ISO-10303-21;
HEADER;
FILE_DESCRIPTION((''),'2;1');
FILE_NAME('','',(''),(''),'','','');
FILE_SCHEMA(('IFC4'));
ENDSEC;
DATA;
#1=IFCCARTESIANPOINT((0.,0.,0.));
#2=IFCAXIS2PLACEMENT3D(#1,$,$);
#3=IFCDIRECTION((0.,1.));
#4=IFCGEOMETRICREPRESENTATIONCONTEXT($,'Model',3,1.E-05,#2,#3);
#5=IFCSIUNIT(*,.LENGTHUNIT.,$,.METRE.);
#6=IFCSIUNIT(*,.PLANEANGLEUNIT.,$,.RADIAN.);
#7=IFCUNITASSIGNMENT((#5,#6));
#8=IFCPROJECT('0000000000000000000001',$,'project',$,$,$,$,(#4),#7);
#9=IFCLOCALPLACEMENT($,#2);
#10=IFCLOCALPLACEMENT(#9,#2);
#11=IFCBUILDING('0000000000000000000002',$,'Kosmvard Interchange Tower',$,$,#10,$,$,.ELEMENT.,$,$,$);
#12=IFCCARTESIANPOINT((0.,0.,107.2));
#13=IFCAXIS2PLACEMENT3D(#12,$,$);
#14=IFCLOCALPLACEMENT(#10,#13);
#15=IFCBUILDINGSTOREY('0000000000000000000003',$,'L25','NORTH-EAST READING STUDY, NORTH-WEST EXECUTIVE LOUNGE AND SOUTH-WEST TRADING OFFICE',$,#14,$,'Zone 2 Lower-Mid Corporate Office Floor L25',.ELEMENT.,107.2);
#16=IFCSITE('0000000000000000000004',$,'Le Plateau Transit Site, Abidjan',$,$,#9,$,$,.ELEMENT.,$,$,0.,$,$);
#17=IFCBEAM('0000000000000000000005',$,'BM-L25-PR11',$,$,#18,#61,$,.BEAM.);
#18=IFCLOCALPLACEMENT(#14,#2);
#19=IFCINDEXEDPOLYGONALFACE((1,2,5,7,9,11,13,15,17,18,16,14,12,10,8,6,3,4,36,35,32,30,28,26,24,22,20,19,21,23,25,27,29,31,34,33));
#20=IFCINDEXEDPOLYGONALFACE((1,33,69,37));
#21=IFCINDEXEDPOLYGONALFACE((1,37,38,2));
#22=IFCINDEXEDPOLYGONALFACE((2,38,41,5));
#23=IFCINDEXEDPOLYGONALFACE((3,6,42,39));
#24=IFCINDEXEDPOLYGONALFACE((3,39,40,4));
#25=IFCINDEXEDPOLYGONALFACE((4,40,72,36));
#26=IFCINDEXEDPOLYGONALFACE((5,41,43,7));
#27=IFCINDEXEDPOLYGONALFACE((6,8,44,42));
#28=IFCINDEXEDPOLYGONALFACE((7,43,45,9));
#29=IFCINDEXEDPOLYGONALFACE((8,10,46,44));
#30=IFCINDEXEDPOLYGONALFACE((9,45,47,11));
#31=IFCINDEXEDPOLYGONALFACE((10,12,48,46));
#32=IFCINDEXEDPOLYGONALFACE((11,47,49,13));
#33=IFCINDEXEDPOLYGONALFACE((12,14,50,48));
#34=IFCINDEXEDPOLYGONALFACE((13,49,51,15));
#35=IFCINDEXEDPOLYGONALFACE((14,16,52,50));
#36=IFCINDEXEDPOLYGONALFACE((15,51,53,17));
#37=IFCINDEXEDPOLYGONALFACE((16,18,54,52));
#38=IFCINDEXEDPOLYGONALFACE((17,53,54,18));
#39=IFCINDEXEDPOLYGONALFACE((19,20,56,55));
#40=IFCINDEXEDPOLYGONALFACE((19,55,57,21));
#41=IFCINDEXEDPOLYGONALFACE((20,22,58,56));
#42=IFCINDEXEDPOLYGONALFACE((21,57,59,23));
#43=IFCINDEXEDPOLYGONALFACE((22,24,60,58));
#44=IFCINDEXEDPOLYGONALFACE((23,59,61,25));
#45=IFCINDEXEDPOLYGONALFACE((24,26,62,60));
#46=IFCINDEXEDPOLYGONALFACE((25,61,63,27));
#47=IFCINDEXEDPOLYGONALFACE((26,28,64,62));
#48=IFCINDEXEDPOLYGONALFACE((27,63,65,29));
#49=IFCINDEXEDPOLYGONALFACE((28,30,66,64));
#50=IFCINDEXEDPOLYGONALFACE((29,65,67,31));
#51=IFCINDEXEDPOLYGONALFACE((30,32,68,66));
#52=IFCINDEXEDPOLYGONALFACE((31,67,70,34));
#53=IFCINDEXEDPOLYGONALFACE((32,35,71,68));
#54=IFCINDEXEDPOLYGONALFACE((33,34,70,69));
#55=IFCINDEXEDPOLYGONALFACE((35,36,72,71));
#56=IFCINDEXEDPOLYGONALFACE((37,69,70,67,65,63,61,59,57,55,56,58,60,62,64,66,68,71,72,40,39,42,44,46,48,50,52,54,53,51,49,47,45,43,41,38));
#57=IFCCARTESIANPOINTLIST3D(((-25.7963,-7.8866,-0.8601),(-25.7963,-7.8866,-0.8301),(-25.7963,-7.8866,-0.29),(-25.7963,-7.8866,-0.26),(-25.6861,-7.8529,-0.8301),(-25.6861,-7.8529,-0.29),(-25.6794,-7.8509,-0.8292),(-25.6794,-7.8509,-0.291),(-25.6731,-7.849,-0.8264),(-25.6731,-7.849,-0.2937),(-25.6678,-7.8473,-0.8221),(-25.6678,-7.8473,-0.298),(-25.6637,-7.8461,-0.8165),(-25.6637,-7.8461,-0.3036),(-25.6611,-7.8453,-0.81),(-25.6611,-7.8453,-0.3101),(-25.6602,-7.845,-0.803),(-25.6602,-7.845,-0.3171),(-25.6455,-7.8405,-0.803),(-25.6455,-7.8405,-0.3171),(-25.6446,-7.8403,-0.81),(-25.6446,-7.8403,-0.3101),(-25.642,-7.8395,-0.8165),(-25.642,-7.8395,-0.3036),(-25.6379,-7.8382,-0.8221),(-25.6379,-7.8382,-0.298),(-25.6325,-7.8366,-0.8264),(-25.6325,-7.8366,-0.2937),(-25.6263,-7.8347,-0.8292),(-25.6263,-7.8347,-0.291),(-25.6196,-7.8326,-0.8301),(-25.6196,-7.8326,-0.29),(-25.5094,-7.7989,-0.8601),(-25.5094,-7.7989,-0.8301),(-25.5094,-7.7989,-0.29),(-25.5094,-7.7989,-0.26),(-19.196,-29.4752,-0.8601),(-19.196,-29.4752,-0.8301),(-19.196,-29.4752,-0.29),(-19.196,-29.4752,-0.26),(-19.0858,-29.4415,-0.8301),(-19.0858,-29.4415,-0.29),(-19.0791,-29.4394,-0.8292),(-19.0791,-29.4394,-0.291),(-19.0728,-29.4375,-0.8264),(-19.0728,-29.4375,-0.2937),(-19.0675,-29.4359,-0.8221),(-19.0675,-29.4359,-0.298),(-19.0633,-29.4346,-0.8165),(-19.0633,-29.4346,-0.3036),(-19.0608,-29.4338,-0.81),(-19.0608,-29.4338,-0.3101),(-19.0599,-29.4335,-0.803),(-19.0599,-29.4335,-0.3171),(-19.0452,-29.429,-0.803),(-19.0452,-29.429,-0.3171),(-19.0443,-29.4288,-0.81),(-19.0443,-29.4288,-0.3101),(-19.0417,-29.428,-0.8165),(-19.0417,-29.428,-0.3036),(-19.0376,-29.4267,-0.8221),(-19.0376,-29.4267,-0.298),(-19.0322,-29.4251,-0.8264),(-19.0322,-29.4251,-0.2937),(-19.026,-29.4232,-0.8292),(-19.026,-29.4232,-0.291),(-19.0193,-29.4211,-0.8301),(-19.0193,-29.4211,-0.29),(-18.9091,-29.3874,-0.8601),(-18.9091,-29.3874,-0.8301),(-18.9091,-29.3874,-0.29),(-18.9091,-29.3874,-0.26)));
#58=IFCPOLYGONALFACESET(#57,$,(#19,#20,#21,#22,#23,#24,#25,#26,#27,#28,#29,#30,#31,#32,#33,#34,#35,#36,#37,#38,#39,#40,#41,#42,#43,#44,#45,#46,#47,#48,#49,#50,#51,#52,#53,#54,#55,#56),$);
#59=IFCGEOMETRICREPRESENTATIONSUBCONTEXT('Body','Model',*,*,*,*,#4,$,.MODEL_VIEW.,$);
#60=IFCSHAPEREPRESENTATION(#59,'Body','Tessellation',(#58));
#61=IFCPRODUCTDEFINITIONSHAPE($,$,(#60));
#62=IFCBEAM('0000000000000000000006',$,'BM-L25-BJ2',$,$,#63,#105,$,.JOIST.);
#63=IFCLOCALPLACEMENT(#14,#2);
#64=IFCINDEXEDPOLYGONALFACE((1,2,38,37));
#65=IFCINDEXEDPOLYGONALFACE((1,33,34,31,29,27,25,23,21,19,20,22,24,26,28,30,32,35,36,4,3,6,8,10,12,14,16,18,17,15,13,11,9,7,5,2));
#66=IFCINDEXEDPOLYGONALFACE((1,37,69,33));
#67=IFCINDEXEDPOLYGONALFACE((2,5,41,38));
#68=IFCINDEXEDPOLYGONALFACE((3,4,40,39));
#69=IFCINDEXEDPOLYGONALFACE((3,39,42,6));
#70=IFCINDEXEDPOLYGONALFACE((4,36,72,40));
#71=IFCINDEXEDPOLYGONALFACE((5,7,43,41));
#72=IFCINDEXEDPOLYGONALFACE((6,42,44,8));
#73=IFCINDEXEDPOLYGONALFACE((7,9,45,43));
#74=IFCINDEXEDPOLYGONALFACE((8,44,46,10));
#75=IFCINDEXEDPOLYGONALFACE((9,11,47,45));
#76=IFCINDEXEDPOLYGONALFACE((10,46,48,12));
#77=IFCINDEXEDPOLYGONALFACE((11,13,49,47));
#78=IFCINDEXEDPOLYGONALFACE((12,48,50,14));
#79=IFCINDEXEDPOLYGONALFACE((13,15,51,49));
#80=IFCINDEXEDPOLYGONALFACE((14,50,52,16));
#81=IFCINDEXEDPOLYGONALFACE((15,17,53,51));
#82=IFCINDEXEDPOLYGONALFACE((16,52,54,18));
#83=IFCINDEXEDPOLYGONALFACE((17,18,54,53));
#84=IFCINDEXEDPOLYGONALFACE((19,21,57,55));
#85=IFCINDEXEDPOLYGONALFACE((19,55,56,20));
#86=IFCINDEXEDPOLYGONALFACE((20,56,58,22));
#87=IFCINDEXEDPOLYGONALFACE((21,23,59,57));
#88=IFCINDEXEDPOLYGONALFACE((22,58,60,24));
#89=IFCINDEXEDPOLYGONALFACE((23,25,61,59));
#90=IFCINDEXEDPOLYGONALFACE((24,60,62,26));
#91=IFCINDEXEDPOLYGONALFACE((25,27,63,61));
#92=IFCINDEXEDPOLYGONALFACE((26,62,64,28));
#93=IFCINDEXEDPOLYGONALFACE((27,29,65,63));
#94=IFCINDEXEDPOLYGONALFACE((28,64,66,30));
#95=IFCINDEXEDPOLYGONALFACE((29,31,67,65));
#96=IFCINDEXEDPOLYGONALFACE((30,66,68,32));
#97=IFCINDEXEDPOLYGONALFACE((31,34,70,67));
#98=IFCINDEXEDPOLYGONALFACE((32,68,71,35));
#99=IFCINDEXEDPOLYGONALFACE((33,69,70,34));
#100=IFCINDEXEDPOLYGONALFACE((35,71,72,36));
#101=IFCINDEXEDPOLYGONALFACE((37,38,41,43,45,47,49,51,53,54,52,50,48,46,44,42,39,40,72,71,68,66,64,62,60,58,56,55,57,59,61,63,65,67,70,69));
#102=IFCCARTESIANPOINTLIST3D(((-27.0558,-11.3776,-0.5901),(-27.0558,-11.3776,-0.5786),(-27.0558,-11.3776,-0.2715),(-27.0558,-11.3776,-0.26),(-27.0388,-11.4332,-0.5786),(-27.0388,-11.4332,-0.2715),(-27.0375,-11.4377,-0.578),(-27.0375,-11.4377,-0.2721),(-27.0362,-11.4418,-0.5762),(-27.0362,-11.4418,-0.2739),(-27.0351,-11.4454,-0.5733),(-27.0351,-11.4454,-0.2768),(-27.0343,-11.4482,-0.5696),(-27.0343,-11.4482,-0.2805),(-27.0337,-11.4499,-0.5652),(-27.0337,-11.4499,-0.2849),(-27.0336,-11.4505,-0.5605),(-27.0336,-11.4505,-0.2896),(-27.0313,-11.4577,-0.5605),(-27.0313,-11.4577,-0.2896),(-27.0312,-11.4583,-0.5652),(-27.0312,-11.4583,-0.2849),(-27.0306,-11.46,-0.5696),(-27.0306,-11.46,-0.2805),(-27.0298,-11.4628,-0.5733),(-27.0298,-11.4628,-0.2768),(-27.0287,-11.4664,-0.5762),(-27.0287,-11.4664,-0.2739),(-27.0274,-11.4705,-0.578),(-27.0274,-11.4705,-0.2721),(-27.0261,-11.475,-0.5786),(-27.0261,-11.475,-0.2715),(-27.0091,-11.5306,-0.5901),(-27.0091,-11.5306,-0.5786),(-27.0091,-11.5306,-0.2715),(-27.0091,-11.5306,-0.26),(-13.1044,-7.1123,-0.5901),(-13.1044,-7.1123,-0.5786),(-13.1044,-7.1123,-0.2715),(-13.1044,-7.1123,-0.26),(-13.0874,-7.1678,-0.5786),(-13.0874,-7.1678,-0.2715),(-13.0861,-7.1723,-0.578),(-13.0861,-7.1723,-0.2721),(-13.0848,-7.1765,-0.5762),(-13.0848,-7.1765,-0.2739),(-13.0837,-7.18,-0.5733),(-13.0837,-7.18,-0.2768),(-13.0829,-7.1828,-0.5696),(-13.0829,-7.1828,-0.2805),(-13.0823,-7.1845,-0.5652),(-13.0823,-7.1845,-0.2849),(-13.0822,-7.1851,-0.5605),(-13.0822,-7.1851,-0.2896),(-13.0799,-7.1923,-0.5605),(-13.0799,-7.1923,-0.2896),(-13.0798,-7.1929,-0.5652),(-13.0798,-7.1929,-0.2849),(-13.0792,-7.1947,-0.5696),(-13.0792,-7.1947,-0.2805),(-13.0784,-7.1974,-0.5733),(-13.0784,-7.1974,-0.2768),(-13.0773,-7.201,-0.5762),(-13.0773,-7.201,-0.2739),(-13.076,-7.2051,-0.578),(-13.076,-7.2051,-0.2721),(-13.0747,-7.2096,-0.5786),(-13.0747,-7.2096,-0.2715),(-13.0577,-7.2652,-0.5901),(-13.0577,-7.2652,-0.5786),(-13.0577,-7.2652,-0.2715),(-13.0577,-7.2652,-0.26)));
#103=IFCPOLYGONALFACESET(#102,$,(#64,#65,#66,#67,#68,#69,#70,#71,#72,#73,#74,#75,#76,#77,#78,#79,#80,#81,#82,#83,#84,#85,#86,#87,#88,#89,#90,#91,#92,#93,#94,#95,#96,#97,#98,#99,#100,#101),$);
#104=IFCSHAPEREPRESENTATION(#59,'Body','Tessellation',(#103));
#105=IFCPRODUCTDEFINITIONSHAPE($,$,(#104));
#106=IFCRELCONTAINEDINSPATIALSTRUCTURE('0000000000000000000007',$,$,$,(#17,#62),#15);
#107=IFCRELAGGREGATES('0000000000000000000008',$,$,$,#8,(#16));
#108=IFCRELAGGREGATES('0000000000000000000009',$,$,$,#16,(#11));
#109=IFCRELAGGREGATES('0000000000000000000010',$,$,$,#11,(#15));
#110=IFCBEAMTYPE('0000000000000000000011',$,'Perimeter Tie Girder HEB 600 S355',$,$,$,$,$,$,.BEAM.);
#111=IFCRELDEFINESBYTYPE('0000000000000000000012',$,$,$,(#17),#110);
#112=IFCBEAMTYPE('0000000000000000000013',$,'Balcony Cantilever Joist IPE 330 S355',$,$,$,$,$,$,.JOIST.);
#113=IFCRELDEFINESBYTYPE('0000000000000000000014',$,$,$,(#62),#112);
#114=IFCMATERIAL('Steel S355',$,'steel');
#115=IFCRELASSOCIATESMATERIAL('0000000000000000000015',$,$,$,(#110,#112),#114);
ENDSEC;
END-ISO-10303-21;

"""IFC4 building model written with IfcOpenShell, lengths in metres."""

from ifc_helpers import new_model, si_unit, direction, frame, origin, origin_2d, place, context, subcontext, project, spatial, i_section, extrude, source, transform, mapped, material, material_profile, profile_set, type_object, element, save


model = new_model("IFC4")

# Units and contexts
model_context = context("Model", 3, precision=1e-05, world=origin(), true_north=direction((0.0, 1.0)))
body_context = subcontext(model_context, "Body", "Model", "MODEL_VIEW")
ifc_project = project(units=[si_unit("LENGTHUNIT", "METRE"), si_unit("PLANEANGLEUNIT", "RADIAN")], contexts=[model_context])

# Site, building, storey
site_placement = place(None, origin())
site = spatial("IfcSite", under=ifc_project, at=site_placement, Name="Le Plateau Transit Site, Abidjan", CompositionType="ELEMENT", RefElevation=0.0)
building_placement = place(site_placement, origin())
building = spatial("IfcBuilding", under=site, at=building_placement, Name="Kosmvard Interchange Tower", CompositionType="ELEMENT")
storey_placement = place(building_placement, frame((0.0, 0.0, 107.2)))
storey = spatial("IfcBuildingStorey", under=building, at=storey_placement, Name="L25", Description="NORTH-EAST READING STUDY, NORTH-WEST EXECUTIVE LOUNGE AND SOUTH-WEST TRADING OFFICE", LongName="Zone 2 Lower-Mid Corporate Office Floor L25", CompositionType="ELEMENT", Elevation=107.2)

# Beams
ifc_material_1 = material(Name="Steel S355", Category="steel")
ifc_material_profile_1 = material_profile(ifc_material_1, i_section(OverallWidth=0.3, OverallDepth=0.6001, WebThickness=0.0154, FlangeThickness=0.03, FilletRadius=0.0271, at=origin_2d()), Name="HEB 600")
ifc_profile_set_1 = profile_set([ifc_material_profile_1], Name="Steel S355")
beam_type_1 = type_object("IfcBeamType", Name="Perimeter Tie Girder HEB 600 S355", PredefinedType="BEAM", material=ifc_profile_set_1)
shared_shape_1 = source(origin(), body_context, "Body", "SweptSolid", [
    extrude(i_section(OverallWidth=0.3, OverallDepth=0.6001, WebThickness=0.0154, FlangeThickness=0.03, FilletRadius=0.0271, at=origin_2d()), origin(), (0.0, 0.0, 1.0), 22.575),
])
beam_1_placement = place(storey_placement, frame((-25.6528, -7.8428, -0.5601), z_axis=(0.292373, -0.956304, 0.0), x_axis=(0.956304, 0.292373, 0.0)))
element("IfcBeam", 1, at=beam_1_placement, inside=storey, type_object=beam_type_1, Name="BM-L25-PR11", PredefinedType="BEAM", context=body_context, shape_type="MappedRepresentation", body=[
    mapped(shared_shape_1, transform((0.0, 0.0, 0.0), scale=1.0)),
])
ifc_material_profile_2 = material_profile(ifc_material_1, i_section(OverallWidth=0.1599, OverallDepth=0.3301, WebThickness=0.0076, FlangeThickness=0.0115, FilletRadius=0.0181, at=origin_2d()), Name="IPE 330")
ifc_profile_set_2 = profile_set([ifc_material_profile_2], Name="Steel S355")
beam_type_2 = type_object("IfcBeamType", Name="Balcony Cantilever Joist IPE 330 S355", PredefinedType="JOIST", material=ifc_profile_set_2)
shared_shape_2 = source(origin(), body_context, "Body", "SweptSolid", [
    extrude(i_section(OverallWidth=0.1599, OverallDepth=0.3301, WebThickness=0.0076, FlangeThickness=0.0115, FilletRadius=0.0181, at=origin_2d()), origin(), (0.0, 0.0, 1.0), 14.5889),
])
beam_2_placement = place(storey_placement, frame((-13.0811, -7.1887, -0.425), z_axis=(-0.956305, -0.292372, 0.0), x_axis=(0.292372, -0.956305, 0.0)))
element("IfcBeam", 2, at=beam_2_placement, inside=storey, type_object=beam_type_2, Name="BM-L25-BJ2", PredefinedType="JOIST", context=body_context, shape_type="MappedRepresentation", body=[
    mapped(shared_shape_2, transform((0.0, 0.0, 0.0), scale=1.0)),
])

save(model, "model.ifc")
